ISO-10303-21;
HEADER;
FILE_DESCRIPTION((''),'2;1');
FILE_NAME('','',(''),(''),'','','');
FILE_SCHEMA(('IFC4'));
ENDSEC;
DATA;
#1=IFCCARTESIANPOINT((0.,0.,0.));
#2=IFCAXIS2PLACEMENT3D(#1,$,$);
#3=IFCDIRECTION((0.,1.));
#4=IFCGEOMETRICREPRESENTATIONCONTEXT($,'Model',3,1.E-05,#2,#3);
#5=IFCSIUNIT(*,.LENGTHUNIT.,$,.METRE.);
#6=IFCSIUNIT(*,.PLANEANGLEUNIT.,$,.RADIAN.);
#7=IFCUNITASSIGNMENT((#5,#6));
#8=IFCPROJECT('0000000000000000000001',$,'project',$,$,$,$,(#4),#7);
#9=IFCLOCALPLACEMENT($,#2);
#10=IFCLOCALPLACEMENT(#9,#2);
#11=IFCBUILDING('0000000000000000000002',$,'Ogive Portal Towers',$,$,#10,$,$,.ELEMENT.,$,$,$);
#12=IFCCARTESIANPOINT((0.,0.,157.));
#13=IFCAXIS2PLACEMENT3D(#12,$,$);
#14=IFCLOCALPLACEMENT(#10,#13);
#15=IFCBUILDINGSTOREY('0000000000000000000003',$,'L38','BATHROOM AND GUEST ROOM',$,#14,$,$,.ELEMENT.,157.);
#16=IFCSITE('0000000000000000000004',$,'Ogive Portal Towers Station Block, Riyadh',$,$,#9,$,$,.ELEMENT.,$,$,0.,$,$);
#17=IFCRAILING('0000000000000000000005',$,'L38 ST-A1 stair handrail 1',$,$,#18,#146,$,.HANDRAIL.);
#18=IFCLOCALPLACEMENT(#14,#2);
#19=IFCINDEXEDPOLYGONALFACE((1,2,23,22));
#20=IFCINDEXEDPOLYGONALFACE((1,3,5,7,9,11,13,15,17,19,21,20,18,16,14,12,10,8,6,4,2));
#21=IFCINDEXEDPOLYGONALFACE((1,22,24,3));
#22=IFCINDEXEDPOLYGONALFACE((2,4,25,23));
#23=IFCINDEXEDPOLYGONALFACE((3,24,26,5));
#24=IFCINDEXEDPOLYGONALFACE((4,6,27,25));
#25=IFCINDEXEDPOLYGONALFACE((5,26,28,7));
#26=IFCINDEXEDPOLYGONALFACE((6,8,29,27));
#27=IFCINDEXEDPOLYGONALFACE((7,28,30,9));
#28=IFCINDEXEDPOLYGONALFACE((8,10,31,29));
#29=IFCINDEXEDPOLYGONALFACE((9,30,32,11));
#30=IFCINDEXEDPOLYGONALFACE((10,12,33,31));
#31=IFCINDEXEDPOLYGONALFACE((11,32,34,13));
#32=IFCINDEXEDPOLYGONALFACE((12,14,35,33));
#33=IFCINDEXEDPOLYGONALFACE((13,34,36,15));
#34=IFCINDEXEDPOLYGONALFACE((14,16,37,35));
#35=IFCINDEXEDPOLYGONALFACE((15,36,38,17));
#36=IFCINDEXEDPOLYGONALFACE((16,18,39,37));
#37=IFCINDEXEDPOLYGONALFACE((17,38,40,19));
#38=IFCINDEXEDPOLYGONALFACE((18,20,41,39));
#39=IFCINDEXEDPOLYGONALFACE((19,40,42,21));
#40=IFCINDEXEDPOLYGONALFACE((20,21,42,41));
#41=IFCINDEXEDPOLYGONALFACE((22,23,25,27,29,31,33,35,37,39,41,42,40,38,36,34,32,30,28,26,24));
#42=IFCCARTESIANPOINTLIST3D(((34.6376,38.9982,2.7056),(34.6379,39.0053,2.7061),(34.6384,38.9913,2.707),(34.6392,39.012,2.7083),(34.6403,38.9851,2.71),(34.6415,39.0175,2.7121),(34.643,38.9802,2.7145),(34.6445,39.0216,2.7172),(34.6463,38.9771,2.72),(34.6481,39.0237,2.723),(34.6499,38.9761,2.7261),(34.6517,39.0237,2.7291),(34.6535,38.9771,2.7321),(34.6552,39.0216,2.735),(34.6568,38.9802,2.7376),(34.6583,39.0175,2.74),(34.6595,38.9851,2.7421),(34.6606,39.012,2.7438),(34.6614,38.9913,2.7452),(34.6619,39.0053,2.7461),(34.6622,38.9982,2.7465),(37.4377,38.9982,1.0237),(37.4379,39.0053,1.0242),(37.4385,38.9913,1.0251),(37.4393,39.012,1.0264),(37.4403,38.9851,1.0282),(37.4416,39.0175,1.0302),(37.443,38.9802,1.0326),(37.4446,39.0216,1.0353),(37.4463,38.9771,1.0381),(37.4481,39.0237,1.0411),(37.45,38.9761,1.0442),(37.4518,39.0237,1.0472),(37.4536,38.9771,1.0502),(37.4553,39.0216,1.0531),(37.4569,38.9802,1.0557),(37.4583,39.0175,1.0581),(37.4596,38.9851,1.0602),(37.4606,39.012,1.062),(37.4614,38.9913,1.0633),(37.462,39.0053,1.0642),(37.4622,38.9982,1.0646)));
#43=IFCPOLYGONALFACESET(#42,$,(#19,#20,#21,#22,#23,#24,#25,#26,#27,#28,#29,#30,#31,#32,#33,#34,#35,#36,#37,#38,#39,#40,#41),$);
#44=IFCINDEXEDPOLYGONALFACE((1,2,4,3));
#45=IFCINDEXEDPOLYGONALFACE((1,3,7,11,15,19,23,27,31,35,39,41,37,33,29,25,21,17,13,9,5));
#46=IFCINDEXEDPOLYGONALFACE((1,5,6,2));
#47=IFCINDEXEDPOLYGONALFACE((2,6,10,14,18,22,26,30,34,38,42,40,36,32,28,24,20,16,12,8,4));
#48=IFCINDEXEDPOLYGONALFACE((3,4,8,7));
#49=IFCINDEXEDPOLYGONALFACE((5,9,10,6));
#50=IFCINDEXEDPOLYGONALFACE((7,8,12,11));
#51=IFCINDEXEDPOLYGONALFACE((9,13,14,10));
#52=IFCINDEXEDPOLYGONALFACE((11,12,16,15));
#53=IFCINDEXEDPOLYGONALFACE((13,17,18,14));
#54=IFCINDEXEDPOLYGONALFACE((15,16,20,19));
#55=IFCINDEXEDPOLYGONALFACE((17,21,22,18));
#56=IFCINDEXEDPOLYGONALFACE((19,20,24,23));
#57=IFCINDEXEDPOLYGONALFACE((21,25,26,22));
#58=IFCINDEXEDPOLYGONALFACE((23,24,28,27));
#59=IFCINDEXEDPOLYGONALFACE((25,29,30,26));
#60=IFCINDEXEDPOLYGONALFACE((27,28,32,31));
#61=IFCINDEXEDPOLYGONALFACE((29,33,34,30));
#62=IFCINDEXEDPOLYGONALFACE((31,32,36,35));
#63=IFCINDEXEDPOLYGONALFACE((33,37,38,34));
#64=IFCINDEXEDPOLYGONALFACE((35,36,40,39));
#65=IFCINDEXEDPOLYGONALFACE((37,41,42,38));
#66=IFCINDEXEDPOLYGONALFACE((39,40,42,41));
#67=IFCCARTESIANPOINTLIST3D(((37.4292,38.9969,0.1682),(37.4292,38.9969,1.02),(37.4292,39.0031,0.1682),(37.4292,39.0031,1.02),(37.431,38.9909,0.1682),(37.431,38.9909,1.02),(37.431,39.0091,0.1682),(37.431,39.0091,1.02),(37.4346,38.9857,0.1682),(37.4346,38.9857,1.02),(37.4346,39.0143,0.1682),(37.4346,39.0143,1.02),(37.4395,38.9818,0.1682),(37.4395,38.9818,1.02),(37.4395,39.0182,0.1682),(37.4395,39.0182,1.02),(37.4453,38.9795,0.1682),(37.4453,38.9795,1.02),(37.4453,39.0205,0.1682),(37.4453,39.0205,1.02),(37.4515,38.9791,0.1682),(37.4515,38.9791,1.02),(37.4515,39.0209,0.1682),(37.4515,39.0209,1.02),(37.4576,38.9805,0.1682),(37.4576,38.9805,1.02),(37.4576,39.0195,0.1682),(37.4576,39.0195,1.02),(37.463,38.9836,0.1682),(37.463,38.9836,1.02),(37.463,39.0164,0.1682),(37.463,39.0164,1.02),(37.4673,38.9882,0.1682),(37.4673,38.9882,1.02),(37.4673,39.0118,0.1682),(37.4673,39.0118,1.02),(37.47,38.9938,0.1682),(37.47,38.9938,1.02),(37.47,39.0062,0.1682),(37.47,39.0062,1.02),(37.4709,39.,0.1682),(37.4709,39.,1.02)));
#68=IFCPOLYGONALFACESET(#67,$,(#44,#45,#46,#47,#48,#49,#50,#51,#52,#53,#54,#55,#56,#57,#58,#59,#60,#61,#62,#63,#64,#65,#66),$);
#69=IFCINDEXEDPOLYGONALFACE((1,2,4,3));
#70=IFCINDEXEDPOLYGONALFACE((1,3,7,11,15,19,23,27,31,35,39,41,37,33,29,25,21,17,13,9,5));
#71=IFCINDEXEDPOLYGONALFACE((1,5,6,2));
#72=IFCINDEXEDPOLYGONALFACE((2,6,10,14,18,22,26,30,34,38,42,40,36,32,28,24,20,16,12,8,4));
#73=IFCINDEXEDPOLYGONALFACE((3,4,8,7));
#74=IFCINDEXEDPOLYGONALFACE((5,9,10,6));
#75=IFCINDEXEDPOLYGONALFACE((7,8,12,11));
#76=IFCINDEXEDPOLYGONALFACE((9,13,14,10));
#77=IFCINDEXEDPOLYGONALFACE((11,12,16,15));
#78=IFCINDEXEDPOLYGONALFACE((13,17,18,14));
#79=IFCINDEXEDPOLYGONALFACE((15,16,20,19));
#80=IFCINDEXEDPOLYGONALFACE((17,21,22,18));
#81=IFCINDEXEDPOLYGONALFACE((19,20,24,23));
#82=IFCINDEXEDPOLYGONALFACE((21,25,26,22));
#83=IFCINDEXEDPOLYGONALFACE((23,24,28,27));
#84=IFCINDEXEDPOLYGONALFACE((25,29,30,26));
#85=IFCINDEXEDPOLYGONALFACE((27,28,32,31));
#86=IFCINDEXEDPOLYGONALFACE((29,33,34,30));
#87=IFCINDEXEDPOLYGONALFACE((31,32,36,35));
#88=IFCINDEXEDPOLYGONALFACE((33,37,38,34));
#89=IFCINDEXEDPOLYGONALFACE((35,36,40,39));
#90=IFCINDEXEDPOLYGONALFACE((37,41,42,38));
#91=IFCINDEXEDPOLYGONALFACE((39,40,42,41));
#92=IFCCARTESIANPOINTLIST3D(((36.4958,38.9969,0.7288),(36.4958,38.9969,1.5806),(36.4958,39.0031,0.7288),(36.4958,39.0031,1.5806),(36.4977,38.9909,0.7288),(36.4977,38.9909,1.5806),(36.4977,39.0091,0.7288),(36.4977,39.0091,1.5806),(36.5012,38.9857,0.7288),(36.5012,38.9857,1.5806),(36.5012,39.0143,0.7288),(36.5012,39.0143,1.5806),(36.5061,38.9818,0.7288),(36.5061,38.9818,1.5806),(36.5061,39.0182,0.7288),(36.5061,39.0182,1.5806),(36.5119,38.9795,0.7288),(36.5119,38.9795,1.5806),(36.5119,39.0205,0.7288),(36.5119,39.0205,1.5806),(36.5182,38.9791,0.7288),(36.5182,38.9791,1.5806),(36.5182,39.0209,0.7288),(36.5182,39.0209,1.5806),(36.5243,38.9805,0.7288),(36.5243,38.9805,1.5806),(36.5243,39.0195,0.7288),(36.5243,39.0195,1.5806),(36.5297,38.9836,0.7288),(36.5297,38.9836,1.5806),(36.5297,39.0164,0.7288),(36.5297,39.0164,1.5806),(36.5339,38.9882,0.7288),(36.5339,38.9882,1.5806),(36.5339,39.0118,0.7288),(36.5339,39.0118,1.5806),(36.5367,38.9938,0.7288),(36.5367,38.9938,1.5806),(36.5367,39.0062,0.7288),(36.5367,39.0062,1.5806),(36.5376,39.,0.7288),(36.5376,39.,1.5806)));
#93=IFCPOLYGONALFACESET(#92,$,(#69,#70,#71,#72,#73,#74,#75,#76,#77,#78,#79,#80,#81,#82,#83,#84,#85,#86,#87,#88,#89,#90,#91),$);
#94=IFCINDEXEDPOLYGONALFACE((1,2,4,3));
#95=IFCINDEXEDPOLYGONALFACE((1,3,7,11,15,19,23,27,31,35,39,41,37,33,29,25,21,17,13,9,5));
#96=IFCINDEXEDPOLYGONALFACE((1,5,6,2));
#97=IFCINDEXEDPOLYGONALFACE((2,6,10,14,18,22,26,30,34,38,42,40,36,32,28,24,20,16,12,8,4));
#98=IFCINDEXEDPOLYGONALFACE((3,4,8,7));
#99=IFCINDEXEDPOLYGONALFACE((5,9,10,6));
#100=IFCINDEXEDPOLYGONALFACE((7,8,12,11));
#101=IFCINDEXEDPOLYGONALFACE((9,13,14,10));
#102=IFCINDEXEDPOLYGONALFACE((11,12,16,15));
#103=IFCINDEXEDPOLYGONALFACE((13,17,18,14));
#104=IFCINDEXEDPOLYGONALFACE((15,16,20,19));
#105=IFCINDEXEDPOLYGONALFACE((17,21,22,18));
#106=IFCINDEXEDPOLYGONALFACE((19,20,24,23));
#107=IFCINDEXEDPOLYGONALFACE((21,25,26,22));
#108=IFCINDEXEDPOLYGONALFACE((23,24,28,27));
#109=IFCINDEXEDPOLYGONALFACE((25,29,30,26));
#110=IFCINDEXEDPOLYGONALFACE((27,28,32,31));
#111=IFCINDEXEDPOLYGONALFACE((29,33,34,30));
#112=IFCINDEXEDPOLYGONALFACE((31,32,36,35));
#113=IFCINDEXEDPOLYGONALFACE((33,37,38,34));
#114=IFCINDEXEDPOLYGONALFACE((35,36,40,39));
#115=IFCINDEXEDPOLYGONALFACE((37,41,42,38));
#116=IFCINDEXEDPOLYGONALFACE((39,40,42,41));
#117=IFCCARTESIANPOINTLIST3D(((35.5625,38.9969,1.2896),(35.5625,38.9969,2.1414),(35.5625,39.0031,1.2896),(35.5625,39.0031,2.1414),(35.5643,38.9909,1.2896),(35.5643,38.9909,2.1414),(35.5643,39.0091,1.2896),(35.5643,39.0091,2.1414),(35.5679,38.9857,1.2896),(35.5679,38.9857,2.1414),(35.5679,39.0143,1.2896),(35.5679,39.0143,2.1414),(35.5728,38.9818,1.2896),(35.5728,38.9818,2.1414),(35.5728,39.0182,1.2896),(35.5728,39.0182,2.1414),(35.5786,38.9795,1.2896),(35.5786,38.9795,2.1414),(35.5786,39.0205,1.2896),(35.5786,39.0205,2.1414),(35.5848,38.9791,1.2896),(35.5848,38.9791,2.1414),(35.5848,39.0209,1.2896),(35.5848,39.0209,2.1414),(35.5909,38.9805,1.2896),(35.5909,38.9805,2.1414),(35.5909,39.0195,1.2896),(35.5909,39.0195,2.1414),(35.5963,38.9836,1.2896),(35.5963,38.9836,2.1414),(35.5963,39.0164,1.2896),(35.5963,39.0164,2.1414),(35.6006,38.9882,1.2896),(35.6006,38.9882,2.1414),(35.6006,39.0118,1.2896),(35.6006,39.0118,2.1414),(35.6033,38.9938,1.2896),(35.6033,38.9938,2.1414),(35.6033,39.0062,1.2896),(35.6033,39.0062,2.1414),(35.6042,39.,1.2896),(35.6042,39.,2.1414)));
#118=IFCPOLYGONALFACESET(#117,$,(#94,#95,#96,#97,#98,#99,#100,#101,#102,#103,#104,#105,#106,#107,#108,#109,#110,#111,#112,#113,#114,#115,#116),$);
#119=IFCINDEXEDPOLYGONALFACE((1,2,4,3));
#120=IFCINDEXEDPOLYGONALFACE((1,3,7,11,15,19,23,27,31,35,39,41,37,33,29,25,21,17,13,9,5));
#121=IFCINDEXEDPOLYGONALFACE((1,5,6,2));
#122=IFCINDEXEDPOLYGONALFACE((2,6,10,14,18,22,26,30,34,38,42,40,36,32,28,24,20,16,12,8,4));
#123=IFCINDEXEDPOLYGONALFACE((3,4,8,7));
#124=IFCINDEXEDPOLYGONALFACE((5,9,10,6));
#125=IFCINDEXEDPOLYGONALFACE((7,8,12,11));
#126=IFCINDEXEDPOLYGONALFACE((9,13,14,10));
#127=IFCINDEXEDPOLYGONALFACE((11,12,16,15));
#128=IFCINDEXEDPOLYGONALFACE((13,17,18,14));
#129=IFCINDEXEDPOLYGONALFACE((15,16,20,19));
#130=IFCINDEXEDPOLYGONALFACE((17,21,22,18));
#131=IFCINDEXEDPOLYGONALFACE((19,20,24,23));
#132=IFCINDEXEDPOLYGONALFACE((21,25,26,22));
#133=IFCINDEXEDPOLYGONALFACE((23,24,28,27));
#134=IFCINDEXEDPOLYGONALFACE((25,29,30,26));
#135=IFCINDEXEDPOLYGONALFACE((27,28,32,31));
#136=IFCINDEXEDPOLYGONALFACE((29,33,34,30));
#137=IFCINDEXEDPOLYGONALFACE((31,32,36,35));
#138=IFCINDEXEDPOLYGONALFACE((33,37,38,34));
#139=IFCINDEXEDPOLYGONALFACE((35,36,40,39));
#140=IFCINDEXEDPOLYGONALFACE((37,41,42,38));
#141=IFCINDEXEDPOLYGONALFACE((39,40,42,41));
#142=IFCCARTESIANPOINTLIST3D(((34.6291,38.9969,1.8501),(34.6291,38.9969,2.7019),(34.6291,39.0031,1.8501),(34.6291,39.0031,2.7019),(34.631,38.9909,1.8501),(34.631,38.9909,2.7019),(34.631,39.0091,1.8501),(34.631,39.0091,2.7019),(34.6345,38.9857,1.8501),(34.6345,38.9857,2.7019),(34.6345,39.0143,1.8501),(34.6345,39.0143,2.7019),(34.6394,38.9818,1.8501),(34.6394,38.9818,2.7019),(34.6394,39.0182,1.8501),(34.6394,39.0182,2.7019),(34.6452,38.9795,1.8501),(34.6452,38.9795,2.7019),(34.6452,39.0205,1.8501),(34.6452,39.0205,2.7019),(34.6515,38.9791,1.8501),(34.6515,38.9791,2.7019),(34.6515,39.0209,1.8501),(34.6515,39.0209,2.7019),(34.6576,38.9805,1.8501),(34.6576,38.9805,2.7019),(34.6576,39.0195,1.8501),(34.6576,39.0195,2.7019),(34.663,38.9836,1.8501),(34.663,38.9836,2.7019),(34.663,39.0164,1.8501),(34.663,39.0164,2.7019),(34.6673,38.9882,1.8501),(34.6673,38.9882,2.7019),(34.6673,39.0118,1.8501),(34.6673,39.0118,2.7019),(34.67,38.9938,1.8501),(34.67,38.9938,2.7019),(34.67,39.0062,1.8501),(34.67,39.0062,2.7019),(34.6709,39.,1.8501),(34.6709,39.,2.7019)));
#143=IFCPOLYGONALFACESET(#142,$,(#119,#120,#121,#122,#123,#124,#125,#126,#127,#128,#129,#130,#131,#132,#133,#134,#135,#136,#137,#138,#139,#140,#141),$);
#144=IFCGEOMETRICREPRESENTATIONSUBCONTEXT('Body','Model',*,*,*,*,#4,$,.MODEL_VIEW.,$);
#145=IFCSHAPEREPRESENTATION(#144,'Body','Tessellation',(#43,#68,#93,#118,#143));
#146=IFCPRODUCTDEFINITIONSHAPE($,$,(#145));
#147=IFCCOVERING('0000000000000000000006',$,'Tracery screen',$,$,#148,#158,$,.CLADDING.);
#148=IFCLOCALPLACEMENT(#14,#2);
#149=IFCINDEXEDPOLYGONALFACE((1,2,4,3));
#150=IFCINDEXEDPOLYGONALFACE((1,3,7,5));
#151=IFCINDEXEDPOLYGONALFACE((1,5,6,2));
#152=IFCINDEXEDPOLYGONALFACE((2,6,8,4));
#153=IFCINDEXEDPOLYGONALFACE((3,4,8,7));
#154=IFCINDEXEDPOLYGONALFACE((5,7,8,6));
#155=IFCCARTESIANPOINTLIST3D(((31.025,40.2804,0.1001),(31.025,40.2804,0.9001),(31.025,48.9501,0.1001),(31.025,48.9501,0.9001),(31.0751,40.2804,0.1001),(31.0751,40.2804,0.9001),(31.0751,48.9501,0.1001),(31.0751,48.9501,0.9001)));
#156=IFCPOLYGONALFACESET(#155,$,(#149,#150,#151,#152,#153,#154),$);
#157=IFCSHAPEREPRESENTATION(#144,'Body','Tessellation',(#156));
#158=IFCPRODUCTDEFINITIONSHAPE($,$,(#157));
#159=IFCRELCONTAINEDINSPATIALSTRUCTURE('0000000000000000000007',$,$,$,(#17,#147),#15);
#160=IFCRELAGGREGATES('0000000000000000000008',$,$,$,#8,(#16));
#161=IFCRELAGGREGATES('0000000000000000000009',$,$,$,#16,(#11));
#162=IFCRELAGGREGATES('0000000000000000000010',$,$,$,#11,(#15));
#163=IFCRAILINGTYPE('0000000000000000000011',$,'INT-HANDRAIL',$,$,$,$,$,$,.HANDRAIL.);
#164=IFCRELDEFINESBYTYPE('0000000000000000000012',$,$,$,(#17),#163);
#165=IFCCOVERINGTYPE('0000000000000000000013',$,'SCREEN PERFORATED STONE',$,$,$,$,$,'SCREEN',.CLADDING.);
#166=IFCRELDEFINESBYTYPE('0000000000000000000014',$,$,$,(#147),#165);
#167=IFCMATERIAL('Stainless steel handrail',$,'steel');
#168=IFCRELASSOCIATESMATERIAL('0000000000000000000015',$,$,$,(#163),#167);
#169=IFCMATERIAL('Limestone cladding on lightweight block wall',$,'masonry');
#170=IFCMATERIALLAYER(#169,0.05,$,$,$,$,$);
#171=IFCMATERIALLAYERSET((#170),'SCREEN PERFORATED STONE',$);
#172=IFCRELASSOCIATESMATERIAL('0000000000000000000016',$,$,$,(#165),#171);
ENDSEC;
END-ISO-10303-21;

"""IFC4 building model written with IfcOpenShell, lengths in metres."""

from ifc_helpers import new_model, si_unit, direction, frame, origin, origin_2d, place, context, subcontext, project, spatial, rectangle, circle, extrude, material, layer, layer_set, type_object, element, save


model = new_model("IFC4")

# Units and contexts
model_context = context("Model", 3, precision=1e-05, world=origin(), true_north=direction((0.0, 1.0)))
body_context = subcontext(model_context, "Body", "Model", "MODEL_VIEW")
ifc_project = project(units=[si_unit("LENGTHUNIT", "METRE"), si_unit("PLANEANGLEUNIT", "RADIAN")], contexts=[model_context])

# Site, building, storey
site_placement = place(None, origin())
site = spatial("IfcSite", under=ifc_project, at=site_placement, Name="Ogive Portal Towers Station Block, Riyadh", CompositionType="ELEMENT", RefElevation=0.0)
building_placement = place(site_placement, origin())
building = spatial("IfcBuilding", under=site, at=building_placement, Name="Ogive Portal Towers", CompositionType="ELEMENT")
storey_placement = place(building_placement, frame((0.0, 0.0, 157.0)))
storey = spatial("IfcBuildingStorey", under=building, at=storey_placement, Name="L38", Description="BATHROOM AND GUEST ROOM", CompositionType="ELEMENT", Elevation=157.0)

# Shared definitions
ifc_material_1 = material(Name="Limestone cladding on lightweight block wall", Category="masonry")

# Railing
ifc_material_2 = material(Name="Stainless steel handrail", Category="steel")
railing_type_1 = type_object("IfcRailingType", Name="INT-HANDRAIL", PredefinedType="HANDRAIL", material=ifc_material_2)
railing_1_placement = place(storey_placement, frame((37.45, 39.0, 0.1682)))
element("IfcRailing", 1, at=railing_1_placement, inside=storey, type_object=railing_type_1, Name="L38 ST-A1 stair handrail 1", PredefinedType="HANDRAIL", context=body_context, shape_type="SweptSolid", body=[
    extrude(circle(Radius=0.0239, at=origin_2d()), frame((0.0, 0.0, 0.876), z_axis=(-0.857242, 0.0, 0.514913), x_axis=(0.0, -1.0, 0.0)), (0.0, 0.0, 1.0), 3.2664),
    extrude(circle(Radius=0.021, at=origin_2d()), origin(), (0.0, 0.0, 1.0), 0.8518),
    extrude(circle(Radius=0.021, at=origin_2d()), frame((-0.9333, 0.0, 0.5605)), (0.0, 0.0, 1.0), 0.8518),
    extrude(circle(Radius=0.021, at=origin_2d()), frame((-1.8667, 0.0, 1.1213)), (0.0, 0.0, 1.0), 0.8518),
    extrude(circle(Radius=0.021, at=origin_2d()), frame((-2.8, 0.0, 1.6819)), (0.0, 0.0, 1.0), 0.8518),
])

# Covering
ifc_layer_1 = layer(ifc_material_1, 0.05)
ifc_layer_set_1 = layer_set([ifc_layer_1], Name="SCREEN PERFORATED STONE")
covering_type = type_object("IfcCoveringType", Name="SCREEN PERFORATED STONE", ElementType="SCREEN", PredefinedType="CLADDING", material=ifc_layer_set_1)
covering_placement = place(storey_placement, frame((31.05, 44.6152, 0.1001), z_axis=(0.0, 0.0, 1.0), x_axis=(0.0, -1.0, 0.0)))
element("IfcCovering", 2, at=covering_placement, inside=storey, type_object=covering_type, Name="Tracery screen", PredefinedType="CLADDING", context=body_context, shape_type="SweptSolid", body=[
    extrude(rectangle(XDim=8.6697, YDim=0.05, at=origin_2d()), origin(), (0.0, 0.0, 1.0), 0.8),
])

save(model, "model.ifc")
